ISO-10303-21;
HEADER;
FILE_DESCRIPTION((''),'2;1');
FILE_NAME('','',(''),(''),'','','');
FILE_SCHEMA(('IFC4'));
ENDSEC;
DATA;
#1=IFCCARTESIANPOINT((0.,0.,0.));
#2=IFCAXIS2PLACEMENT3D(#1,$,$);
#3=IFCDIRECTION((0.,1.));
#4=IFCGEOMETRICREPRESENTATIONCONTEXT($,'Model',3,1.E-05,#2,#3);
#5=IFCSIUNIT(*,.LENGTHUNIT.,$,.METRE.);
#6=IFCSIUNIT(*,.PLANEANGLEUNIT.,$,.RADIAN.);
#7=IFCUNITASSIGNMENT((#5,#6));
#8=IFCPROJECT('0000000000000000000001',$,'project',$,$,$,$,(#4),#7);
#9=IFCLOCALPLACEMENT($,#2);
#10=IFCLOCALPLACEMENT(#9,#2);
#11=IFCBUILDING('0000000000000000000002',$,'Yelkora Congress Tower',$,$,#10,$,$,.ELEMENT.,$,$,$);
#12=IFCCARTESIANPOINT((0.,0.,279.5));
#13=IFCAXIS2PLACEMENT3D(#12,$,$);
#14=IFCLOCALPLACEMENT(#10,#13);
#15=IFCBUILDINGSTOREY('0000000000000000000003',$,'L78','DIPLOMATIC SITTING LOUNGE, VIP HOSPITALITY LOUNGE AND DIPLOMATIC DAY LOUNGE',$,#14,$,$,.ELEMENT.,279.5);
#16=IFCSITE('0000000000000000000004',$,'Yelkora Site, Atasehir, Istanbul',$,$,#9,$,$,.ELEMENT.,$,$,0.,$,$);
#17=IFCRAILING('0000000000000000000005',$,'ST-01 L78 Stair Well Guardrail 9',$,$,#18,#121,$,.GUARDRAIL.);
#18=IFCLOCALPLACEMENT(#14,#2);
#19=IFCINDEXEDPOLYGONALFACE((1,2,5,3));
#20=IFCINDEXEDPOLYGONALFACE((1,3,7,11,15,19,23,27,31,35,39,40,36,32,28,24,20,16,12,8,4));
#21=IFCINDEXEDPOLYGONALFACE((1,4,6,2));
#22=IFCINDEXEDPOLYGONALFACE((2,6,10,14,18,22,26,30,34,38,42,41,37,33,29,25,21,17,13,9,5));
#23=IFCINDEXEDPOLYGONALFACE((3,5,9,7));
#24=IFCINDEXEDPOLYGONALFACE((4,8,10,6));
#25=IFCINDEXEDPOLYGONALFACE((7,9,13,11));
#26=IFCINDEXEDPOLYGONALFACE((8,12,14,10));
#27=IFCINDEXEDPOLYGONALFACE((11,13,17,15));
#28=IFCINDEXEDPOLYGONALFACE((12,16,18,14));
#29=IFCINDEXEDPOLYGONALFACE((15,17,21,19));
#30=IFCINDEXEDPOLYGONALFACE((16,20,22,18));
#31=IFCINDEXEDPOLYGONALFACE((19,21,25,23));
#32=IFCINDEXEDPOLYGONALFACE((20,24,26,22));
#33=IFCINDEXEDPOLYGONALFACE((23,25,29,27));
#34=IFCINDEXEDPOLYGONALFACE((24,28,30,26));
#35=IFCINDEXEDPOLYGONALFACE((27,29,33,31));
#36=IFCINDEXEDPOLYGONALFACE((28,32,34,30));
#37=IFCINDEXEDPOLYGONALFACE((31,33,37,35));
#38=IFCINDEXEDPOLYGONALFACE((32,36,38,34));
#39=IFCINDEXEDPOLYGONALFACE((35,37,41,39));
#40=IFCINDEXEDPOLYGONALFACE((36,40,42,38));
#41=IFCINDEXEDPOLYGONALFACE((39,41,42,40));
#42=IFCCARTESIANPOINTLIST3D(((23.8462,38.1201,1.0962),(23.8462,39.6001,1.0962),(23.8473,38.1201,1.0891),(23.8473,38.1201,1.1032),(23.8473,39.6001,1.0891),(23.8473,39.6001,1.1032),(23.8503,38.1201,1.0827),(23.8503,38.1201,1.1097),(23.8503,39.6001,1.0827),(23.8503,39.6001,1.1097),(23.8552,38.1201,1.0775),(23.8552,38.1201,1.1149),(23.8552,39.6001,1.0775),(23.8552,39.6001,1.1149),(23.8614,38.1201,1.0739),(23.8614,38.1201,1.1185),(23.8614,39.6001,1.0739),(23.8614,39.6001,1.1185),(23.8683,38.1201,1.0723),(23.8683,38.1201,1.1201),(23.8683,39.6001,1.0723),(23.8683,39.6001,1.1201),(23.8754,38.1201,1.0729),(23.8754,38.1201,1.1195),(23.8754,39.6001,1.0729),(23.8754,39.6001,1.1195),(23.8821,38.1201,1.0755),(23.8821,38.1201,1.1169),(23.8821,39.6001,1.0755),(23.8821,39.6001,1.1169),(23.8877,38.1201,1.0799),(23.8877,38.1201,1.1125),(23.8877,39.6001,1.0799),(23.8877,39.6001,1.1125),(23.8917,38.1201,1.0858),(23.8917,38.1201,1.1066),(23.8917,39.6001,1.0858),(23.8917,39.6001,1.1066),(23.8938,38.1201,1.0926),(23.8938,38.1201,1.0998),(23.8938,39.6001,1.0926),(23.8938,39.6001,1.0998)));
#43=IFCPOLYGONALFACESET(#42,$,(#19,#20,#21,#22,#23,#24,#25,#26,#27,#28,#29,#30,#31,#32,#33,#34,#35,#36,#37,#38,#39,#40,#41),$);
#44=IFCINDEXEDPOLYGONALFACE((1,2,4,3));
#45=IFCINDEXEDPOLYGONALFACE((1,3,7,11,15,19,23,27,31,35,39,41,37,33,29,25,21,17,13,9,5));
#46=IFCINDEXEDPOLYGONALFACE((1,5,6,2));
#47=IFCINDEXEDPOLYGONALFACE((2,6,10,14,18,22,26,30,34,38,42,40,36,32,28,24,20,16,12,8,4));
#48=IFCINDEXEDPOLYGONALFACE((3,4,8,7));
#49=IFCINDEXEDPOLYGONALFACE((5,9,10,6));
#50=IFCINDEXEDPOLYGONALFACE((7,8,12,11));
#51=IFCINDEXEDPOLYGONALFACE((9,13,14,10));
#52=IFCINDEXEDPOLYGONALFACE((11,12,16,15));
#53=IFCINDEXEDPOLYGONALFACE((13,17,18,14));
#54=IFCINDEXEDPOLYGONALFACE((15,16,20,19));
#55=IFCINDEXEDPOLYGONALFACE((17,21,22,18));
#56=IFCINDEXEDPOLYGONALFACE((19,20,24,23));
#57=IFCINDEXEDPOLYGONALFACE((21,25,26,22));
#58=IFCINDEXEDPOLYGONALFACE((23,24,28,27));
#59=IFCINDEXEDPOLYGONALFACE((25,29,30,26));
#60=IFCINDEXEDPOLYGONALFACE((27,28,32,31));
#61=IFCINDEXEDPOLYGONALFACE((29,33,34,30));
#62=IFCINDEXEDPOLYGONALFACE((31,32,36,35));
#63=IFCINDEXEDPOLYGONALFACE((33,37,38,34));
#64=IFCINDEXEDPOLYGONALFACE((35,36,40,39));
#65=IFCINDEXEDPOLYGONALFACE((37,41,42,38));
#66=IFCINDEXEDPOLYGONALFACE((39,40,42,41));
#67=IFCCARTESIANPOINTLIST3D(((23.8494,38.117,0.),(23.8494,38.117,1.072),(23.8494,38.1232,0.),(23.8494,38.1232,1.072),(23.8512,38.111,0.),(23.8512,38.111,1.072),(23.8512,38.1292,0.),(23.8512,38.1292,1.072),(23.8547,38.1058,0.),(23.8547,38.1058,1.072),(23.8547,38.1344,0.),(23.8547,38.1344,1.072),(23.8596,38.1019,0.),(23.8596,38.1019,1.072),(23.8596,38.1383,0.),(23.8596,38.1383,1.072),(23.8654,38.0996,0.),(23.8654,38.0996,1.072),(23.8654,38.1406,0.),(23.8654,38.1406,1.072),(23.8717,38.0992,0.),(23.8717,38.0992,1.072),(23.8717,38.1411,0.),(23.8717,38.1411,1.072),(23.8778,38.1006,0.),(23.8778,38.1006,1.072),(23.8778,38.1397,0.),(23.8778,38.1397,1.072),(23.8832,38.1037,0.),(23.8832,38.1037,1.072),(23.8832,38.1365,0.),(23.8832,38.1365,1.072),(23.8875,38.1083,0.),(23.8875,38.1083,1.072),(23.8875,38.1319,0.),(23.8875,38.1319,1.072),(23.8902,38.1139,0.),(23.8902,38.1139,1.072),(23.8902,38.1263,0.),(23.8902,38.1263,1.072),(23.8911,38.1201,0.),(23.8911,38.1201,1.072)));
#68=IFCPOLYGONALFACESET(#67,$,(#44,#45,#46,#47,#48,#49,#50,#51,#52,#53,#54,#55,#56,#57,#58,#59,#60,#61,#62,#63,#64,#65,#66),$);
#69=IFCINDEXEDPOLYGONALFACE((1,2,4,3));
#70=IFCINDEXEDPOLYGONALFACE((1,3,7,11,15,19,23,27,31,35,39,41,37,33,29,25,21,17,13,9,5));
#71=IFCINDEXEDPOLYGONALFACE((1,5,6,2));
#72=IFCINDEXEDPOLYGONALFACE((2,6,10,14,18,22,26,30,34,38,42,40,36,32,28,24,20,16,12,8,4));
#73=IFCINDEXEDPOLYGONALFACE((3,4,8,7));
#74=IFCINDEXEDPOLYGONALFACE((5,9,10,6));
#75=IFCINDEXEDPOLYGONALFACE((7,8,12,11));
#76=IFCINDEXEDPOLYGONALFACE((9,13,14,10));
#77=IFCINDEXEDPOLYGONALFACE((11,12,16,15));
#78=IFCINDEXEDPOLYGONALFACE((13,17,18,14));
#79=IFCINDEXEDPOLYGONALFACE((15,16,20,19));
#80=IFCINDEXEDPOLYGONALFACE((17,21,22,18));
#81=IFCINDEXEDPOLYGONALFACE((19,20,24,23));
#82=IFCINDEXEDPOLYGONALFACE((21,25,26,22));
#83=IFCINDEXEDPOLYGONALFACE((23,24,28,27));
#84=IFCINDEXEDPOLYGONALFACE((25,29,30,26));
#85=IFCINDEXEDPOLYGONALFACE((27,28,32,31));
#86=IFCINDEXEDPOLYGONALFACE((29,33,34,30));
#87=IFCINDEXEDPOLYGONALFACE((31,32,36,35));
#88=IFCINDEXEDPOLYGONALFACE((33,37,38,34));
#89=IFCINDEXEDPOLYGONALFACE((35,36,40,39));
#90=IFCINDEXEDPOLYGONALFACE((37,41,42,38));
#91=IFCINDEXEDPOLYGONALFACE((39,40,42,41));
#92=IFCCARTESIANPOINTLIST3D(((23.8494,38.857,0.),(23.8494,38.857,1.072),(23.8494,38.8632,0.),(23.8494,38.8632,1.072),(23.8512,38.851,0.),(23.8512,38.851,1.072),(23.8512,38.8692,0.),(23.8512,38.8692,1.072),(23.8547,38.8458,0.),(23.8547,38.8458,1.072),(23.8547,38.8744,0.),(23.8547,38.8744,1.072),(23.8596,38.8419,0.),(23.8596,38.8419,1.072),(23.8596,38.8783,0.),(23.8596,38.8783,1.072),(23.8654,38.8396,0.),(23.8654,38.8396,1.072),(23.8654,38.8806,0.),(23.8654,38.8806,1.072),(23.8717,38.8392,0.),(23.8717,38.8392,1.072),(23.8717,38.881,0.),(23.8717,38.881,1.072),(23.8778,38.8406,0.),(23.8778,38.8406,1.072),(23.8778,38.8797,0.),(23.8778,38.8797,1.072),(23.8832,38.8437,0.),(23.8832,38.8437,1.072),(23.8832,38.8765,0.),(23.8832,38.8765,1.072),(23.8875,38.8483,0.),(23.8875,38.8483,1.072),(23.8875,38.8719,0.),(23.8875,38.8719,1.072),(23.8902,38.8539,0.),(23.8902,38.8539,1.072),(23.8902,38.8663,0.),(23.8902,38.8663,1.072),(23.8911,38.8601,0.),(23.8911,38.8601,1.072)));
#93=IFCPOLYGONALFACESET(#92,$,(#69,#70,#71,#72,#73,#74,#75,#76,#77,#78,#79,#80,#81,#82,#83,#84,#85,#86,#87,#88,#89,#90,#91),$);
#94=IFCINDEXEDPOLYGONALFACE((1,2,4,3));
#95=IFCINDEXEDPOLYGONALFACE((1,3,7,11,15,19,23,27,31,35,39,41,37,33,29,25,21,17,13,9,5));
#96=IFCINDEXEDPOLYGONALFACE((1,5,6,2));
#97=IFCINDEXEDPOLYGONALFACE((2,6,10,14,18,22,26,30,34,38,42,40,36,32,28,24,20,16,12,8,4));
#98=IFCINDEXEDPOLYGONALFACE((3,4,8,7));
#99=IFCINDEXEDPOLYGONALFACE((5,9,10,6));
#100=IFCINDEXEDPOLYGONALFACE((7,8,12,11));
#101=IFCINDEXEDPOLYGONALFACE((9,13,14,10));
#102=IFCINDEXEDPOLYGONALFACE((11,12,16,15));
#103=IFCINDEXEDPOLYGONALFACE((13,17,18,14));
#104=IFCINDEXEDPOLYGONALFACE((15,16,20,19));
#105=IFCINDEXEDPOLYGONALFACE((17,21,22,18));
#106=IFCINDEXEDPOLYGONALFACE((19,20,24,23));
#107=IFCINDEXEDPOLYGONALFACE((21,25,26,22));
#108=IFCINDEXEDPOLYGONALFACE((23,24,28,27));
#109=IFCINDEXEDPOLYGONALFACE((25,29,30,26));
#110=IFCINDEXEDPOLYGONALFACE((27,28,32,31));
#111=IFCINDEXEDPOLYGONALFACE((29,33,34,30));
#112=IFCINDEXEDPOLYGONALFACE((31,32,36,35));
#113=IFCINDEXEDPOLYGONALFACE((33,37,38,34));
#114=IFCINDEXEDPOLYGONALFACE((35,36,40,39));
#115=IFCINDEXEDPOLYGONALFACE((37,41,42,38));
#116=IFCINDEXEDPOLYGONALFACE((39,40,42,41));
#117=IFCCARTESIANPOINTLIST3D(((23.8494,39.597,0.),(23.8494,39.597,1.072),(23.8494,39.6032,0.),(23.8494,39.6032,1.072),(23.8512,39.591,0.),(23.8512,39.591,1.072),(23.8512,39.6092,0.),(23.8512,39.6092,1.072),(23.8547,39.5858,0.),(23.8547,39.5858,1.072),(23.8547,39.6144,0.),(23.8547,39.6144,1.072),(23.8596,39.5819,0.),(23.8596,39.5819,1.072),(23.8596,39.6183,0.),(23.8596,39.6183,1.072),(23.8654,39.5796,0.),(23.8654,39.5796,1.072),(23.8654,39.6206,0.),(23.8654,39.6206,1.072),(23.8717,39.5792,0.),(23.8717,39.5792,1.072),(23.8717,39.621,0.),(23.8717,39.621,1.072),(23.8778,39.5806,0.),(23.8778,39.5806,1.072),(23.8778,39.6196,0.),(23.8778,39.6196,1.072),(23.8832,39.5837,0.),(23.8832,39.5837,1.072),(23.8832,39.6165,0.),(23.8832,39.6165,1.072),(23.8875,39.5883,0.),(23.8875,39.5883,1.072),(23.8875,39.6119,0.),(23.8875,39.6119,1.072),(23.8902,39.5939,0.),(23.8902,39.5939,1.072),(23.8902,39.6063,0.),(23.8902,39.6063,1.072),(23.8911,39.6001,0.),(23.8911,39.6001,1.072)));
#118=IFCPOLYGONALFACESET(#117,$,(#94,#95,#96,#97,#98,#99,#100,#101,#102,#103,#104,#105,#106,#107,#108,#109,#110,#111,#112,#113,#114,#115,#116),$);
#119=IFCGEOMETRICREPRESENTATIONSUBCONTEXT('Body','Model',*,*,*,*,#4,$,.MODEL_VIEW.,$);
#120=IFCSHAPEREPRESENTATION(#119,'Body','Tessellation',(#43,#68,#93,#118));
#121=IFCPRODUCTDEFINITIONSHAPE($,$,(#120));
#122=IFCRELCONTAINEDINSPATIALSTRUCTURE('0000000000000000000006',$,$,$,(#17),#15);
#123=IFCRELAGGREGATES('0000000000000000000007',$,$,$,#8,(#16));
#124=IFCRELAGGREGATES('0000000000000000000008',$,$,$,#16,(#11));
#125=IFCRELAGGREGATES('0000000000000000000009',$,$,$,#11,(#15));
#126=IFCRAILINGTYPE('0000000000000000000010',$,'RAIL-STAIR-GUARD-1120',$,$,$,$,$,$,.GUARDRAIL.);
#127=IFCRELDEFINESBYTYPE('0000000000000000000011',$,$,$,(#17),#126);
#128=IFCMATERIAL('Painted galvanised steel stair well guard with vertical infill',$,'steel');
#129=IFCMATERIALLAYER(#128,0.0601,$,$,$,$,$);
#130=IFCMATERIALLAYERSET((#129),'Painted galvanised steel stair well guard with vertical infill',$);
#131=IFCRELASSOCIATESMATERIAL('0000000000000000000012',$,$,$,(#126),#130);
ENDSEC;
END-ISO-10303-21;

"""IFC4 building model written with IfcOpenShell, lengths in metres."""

from ifc_helpers import new_model, si_unit, direction, frame, origin, origin_2d, place, context, subcontext, project, spatial, circle, extrude, material, layer, layer_set, type_object, element, save


model = new_model("IFC4")

# Units and contexts
model_context = context("Model", 3, precision=1e-05, world=origin(), true_north=direction((0.0, 1.0)))
body_context = subcontext(model_context, "Body", "Model", "MODEL_VIEW")
ifc_project = project(units=[si_unit("LENGTHUNIT", "METRE"), si_unit("PLANEANGLEUNIT", "RADIAN")], contexts=[model_context])

# Site, building, storey
site_placement = place(None, origin())
site = spatial("IfcSite", under=ifc_project, at=site_placement, Name="Yelkora Site, Atasehir, Istanbul", CompositionType="ELEMENT", RefElevation=0.0)
building_placement = place(site_placement, origin())
building = spatial("IfcBuilding", under=site, at=building_placement, Name="Yelkora Congress Tower", CompositionType="ELEMENT")
storey_placement = place(building_placement, frame((0.0, 0.0, 279.5)))
storey = spatial("IfcBuildingStorey", under=building, at=storey_placement, Name="L78", Description="DIPLOMATIC SITTING LOUNGE, VIP HOSPITALITY LOUNGE AND DIPLOMATIC DAY LOUNGE", CompositionType="ELEMENT", Elevation=279.5)

# Railing
ifc_material_1 = material(Name="Painted galvanised steel stair well guard with vertical infill", Category="steel")
ifc_layer_1 = layer(ifc_material_1, 0.0601)
ifc_layer_set_1 = layer_set([ifc_layer_1], Name="Painted galvanised steel stair well guard with vertical infill")
railing_type_1 = type_object("IfcRailingType", Name="RAIL-STAIR-GUARD-1120", PredefinedType="GUARDRAIL", material=ifc_layer_set_1)
for number, where, name in (
    (1, (23.8701, 38.1201, 0.0), "ST-01 L78 Stair Well Guardrail 9"),
):
    element("IfcRailing", number, at=place(storey_placement, frame(where)), inside=storey, type_object=railing_type_1, Name=name, PredefinedType="GUARDRAIL", context=body_context, shape_type="SweptSolid", body=[
        extrude(circle(Radius=0.0239, at=origin_2d()), frame((0.0, 0.0, 1.0962), z_axis=(0.0, 1.0, 0.0), x_axis=(-1.0, 0.0, 0.0)), (0.0, 0.0, 1.0), 1.48),
        extrude(circle(Radius=0.021, at=origin_2d()), origin(), (0.0, 0.0, 1.0), 1.072),
        extrude(circle(Radius=0.021, at=origin_2d()), frame((0.0, 0.74, 0.0)), (0.0, 0.0, 1.0), 1.072),
        extrude(circle(Radius=0.021, at=origin_2d()), frame((0.0, 1.48, 0.0)), (0.0, 0.0, 1.0), 1.072),
    ])

save(model, "model.ifc")
